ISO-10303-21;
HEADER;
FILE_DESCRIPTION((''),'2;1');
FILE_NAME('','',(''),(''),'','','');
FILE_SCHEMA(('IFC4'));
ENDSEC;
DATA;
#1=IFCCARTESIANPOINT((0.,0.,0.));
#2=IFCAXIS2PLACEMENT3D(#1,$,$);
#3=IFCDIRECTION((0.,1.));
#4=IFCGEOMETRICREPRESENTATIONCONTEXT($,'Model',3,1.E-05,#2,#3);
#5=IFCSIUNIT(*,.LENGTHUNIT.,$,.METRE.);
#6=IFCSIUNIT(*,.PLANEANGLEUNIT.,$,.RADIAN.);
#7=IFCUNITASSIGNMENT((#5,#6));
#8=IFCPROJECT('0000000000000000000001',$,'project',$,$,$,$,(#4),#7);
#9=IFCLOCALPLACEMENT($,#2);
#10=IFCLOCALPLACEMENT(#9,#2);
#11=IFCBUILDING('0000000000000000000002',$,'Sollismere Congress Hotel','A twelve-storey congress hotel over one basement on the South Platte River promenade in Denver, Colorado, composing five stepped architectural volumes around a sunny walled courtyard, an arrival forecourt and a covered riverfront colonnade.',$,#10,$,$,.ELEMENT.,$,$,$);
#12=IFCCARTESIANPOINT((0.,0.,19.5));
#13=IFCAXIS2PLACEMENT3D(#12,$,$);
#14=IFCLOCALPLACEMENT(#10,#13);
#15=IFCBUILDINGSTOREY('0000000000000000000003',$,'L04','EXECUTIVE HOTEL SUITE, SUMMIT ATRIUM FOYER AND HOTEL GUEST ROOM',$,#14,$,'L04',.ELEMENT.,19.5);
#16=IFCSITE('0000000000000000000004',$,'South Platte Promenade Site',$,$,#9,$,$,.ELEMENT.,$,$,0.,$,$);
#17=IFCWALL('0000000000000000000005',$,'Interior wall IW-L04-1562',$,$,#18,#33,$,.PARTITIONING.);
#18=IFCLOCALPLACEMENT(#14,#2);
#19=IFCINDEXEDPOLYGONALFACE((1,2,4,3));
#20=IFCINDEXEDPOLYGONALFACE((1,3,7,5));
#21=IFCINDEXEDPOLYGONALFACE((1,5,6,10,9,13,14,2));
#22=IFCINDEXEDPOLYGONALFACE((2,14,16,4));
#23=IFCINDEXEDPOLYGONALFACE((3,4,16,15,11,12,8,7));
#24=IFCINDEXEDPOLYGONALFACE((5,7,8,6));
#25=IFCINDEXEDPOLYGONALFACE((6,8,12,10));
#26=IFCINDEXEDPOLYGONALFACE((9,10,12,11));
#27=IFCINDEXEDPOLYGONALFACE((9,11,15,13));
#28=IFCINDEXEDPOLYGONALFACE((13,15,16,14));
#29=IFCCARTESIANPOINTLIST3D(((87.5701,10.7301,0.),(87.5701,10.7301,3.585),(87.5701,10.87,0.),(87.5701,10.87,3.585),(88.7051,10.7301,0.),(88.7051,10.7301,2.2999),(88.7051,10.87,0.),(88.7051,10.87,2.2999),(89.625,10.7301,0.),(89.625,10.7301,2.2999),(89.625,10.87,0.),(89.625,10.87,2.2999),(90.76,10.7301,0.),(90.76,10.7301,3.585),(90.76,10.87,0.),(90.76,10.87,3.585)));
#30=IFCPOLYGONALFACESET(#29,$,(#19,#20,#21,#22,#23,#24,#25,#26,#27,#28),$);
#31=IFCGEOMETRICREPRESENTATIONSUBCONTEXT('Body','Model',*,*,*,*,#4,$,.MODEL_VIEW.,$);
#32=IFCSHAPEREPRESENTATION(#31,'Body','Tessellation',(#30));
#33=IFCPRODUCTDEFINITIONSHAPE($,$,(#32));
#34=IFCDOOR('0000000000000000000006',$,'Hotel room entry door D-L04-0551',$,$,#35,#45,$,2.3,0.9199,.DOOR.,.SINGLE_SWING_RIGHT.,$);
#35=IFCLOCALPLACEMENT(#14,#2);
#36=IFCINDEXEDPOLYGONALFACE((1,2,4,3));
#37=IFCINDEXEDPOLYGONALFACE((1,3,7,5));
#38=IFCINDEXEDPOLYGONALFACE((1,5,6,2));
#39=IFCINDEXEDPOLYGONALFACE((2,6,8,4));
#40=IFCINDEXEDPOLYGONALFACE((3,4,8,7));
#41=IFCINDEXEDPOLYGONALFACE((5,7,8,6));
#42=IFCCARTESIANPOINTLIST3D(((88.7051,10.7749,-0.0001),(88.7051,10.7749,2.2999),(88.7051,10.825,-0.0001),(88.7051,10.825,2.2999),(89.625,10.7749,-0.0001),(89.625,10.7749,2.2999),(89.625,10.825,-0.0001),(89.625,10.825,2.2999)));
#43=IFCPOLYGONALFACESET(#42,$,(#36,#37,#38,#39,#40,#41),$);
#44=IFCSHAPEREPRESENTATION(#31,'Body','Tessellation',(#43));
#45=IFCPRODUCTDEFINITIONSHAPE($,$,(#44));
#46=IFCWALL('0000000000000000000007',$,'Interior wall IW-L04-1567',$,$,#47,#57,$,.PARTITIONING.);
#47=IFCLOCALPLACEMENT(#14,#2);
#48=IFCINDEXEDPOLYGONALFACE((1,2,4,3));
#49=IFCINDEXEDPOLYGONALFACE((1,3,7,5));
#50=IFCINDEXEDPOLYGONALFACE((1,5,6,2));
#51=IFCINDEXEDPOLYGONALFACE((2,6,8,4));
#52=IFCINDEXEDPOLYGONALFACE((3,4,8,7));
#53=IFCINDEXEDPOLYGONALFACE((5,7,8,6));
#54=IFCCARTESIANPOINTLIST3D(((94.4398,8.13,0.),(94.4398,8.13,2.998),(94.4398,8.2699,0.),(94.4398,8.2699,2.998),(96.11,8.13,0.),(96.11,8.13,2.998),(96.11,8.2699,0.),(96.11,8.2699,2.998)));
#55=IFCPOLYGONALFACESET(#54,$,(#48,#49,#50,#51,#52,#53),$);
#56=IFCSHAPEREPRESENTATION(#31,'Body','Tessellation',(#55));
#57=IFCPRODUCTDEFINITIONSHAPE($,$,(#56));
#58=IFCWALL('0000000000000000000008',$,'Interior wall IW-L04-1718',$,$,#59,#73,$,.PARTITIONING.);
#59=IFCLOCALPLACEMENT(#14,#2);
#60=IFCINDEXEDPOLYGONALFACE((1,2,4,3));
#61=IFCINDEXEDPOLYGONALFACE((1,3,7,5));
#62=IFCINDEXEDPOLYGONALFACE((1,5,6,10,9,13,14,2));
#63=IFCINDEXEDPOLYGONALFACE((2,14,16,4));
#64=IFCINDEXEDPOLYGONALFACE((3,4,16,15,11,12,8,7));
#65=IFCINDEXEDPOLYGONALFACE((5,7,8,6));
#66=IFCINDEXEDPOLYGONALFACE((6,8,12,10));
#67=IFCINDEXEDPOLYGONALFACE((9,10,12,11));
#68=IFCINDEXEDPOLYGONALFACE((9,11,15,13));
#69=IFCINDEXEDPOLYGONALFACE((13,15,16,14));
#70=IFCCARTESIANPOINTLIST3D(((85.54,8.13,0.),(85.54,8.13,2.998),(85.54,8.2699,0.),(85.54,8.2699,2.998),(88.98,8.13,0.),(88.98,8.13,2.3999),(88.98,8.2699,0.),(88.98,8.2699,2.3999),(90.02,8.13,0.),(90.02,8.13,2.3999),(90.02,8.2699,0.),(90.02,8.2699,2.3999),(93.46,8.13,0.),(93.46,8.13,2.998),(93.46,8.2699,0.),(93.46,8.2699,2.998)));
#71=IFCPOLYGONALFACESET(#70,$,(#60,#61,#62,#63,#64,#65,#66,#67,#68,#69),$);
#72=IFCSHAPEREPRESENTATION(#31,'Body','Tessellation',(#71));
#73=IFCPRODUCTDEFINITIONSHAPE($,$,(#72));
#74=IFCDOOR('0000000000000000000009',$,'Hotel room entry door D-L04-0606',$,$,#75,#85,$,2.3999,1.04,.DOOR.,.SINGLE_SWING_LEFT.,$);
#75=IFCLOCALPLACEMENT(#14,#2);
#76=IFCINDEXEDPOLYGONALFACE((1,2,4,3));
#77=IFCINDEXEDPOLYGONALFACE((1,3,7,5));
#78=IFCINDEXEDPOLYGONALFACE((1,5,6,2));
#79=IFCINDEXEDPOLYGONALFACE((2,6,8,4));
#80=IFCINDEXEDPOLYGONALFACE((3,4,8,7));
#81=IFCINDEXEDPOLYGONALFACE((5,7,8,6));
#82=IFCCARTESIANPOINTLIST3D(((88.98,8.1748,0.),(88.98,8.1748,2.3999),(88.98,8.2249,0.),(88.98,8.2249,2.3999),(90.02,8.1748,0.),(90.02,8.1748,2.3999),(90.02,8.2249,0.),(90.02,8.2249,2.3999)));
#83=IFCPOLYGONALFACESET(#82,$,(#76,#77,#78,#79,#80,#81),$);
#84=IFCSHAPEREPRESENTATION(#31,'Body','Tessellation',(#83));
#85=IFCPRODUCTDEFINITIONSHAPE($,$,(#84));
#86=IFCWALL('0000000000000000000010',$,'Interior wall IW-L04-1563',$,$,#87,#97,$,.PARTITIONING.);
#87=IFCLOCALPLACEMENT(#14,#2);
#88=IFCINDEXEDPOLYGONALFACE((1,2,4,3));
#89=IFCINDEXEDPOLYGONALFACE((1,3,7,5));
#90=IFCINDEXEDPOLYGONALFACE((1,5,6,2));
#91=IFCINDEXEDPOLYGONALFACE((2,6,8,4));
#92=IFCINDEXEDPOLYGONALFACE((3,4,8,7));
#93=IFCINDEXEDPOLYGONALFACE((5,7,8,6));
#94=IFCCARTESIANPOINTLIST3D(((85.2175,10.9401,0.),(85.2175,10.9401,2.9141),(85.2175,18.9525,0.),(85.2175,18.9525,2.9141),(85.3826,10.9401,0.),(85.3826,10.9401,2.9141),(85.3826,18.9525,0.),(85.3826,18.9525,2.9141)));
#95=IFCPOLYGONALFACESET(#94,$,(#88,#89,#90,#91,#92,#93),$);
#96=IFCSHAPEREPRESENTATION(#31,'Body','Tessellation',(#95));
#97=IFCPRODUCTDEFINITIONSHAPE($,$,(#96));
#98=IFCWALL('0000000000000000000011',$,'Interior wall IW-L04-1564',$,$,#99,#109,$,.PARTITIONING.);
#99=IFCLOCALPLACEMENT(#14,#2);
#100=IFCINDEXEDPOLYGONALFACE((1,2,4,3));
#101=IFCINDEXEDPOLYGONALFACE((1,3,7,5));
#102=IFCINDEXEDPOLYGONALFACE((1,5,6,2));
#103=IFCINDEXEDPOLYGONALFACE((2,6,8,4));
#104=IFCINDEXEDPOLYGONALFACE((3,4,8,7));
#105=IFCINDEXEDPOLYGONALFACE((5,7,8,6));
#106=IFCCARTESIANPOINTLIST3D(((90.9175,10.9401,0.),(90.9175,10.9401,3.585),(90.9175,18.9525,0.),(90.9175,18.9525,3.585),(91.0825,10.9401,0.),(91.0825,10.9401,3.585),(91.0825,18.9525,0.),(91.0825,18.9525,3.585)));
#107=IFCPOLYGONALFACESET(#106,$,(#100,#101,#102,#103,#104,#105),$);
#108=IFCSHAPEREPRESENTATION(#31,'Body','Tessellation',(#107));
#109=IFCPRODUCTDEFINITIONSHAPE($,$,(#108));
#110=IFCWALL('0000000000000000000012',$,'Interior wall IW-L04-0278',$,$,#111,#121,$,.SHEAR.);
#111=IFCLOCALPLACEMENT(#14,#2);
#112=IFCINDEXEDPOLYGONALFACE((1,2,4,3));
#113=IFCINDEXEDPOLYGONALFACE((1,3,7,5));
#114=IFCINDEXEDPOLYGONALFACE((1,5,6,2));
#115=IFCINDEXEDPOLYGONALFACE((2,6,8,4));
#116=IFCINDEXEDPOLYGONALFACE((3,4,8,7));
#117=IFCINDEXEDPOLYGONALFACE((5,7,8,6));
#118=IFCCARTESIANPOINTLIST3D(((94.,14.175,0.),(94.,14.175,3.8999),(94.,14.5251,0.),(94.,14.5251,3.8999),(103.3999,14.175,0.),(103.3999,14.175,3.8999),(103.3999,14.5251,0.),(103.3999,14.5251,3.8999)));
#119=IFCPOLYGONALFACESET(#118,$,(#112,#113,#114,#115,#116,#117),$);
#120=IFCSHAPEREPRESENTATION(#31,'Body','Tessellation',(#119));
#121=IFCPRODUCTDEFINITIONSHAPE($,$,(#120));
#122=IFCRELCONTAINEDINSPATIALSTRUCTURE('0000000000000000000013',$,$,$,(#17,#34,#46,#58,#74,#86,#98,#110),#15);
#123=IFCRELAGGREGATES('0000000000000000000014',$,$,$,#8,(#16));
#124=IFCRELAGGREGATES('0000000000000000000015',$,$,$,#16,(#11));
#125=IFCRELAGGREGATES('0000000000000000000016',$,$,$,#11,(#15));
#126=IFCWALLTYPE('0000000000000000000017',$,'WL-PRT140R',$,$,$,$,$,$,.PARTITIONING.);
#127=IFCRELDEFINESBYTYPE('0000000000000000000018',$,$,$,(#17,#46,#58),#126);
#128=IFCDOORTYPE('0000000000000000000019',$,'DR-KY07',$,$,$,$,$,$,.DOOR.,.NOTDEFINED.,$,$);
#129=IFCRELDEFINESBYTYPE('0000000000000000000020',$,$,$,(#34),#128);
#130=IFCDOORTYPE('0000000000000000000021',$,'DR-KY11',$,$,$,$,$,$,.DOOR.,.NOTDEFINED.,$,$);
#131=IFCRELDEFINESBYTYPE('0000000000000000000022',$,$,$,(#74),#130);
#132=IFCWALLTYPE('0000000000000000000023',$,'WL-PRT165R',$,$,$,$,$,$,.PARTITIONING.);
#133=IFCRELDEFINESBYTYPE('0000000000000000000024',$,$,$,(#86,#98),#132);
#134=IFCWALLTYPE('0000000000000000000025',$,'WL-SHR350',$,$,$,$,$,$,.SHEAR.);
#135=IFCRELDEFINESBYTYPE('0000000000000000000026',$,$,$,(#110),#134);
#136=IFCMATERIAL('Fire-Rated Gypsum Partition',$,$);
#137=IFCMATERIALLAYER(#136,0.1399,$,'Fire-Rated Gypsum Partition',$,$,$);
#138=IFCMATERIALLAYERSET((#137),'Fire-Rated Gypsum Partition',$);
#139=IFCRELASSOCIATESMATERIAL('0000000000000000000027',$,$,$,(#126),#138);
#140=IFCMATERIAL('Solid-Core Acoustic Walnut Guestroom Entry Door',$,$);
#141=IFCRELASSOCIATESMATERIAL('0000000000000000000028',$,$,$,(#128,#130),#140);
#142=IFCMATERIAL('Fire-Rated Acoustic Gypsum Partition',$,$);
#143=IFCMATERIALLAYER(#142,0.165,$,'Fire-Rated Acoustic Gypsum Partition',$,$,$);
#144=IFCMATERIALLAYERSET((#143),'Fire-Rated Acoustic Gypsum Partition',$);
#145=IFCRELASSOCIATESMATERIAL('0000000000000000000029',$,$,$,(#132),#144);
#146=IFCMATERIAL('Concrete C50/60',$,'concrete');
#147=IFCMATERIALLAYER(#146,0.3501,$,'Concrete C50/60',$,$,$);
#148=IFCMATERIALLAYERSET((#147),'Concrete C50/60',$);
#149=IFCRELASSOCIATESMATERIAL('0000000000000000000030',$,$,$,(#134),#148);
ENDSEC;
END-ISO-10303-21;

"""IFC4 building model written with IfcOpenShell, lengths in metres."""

from ifc_helpers import new_model, si_unit, direction, frame, frame_2d, origin, place, context, subcontext, project, spatial, rectangle, extrude, material, layer, layer_set, type_object, element, fill, save


model = new_model("IFC4")

# Units and contexts
model_context = context("Model", 3, precision=1e-05, world=origin(), true_north=direction((0.0, 1.0)))
body_context = subcontext(model_context, "Body", "Model", "MODEL_VIEW")
ifc_project = project(units=[si_unit("LENGTHUNIT", "METRE"), si_unit("PLANEANGLEUNIT", "RADIAN")], contexts=[model_context])

# Site, building, storey
site_placement = place(None, origin())
site = spatial("IfcSite", under=ifc_project, at=site_placement, Name="South Platte Promenade Site", CompositionType="ELEMENT", RefElevation=0.0)
building_placement = place(site_placement, origin())
building = spatial("IfcBuilding", under=site, at=building_placement, Name="Sollismere Congress Hotel", Description="A twelve-storey congress hotel over one basement on the South Platte River promenade in Denver, Colorado, composing five stepped architectural volumes around a sunny walled courtyard, an arrival forecourt and a covered riverfront colonnade.", CompositionType="ELEMENT")
storey_placement = place(building_placement, frame((0.0, 0.0, 19.5)))
storey = spatial("IfcBuildingStorey", under=building, at=storey_placement, Name="L04", Description="EXECUTIVE HOTEL SUITE, SUMMIT ATRIUM FOYER AND HOTEL GUEST ROOM", LongName="L04", CompositionType="ELEMENT", Elevation=19.5)

# Shared definitions
ifc_material_1 = material(Name="Fire-Rated Gypsum Partition")
ifc_layer_1 = layer(ifc_material_1, 0.1399, Name="Fire-Rated Gypsum Partition")
ifc_layer_set_1 = layer_set([ifc_layer_1], Name="Fire-Rated Gypsum Partition")
wall_type_1 = type_object("IfcWallType", Name="WL-PRT140R", PredefinedType="PARTITIONING", material=ifc_layer_set_1)

# Wall, opening, door
wall_1_placement = place(storey_placement, frame((87.5701, 10.8, 0.0), z_axis=(0.0, 0.0, 1.0), x_axis=(1.0, 0.0, 0.0)))
wall_1 = element("IfcWall", 1, at=wall_1_placement, inside=storey, type_object=wall_type_1, Name="Interior wall IW-L04-1562", PredefinedType="PARTITIONING", context=body_context, shape_type="SweptSolid", body=[
    extrude(rectangle(XDim=3.1899, YDim=0.1399, at=frame_2d((1.595, 0.0))), origin(), (0.0, 0.0, 1.0), 3.585),
])
opening_1_placement = place(wall_1_placement, frame((1.135, 0.0, 0.0)))
opening_1 = element("IfcOpeningElement", 2, at=opening_1_placement, cuts=wall_1, PredefinedType="OPENING", context=body_context, shape_type="SweptSolid", body=[
    extrude(rectangle(XDim=0.9199, YDim=2.3, at=frame_2d((0.46, 1.1499))), frame((0.0, 0.0798, 0.0), z_axis=(0.0, -1.0, 0.0), x_axis=(1.0, 0.0, 0.0)), (0.0, 0.0, 1.0), 0.1599),
])
ifc_material_2 = material(Name="Solid-Core Acoustic Walnut Guestroom Entry Door")
door_type_1 = type_object("IfcDoorType", Name="DR-KY07", OperationType="NOTDEFINED", PredefinedType="DOOR", material=ifc_material_2)
door_1_placement = place(opening_1_placement, origin())
door_1 = element("IfcDoor", 3, at=door_1_placement, inside=storey, type_object=door_type_1, Name="Hotel room entry door D-L04-0551", OperationType="SINGLE_SWING_RIGHT", OverallHeight=2.3, OverallWidth=0.9199, PredefinedType="DOOR", context=body_context, shape_type="SweptSolid", body=[
    extrude(rectangle(XDim=0.9199, YDim=2.3, at=frame_2d((0.46, 1.1499))), frame((0.0, 0.0249, 0.0), z_axis=(0.0, -1.0, 0.0), x_axis=(1.0, 0.0, 0.0)), (0.0, 0.0, 1.0), 0.05),
])
fill(opening_1, door_1)

# Wall
wall_2_placement = place(storey_placement, frame((94.4399, 8.2, 0.0), z_axis=(0.0, 0.0, 1.0), x_axis=(1.0, 0.0, 0.0)))
element("IfcWall", 4, at=wall_2_placement, inside=storey, type_object=wall_type_1, Name="Interior wall IW-L04-1567", PredefinedType="PARTITIONING", context=body_context, shape_type="SweptSolid", body=[
    extrude(rectangle(XDim=1.6702, YDim=0.1399, at=frame_2d((0.835, 0.0))), origin(), (0.0, 0.0, 1.0), 2.998),
])

# Wall, opening, door
wall_3_placement = place(storey_placement, frame((85.54, 8.2, 0.0), z_axis=(0.0, 0.0, 1.0), x_axis=(1.0, 0.0, 0.0)))
wall_3 = element("IfcWall", 5, at=wall_3_placement, inside=storey, type_object=wall_type_1, Name="Interior wall IW-L04-1718", PredefinedType="PARTITIONING", context=body_context, shape_type="SweptSolid", body=[
    extrude(rectangle(XDim=7.9199, YDim=0.1399, at=frame_2d((3.96, 0.0))), origin(), (0.0, 0.0, 1.0), 2.998),
])
opening_2_placement = place(wall_3_placement, frame((3.4399, 0.0, 0.0)))
opening_2 = element("IfcOpeningElement", 6, at=opening_2_placement, cuts=wall_3, PredefinedType="OPENING", context=body_context, shape_type="SweptSolid", body=[
    extrude(rectangle(XDim=1.04, YDim=2.3999, at=frame_2d((0.52, 1.2))), frame((0.0, 0.0798, 0.0), z_axis=(0.0, -1.0, 0.0), x_axis=(1.0, 0.0, 0.0)), (0.0, 0.0, 1.0), 0.1599),
])
door_type_2 = type_object("IfcDoorType", Name="DR-KY11", OperationType="NOTDEFINED", PredefinedType="DOOR", material=ifc_material_2)
door_2_placement = place(opening_2_placement, origin())
door_2 = element("IfcDoor", 7, at=door_2_placement, inside=storey, type_object=door_type_2, Name="Hotel room entry door D-L04-0606", OperationType="SINGLE_SWING_LEFT", OverallHeight=2.3999, OverallWidth=1.04, PredefinedType="DOOR", context=body_context, shape_type="SweptSolid", body=[
    extrude(rectangle(XDim=1.04, YDim=2.3999, at=frame_2d((0.52, 1.2))), frame((0.0, 0.0249, 0.0), z_axis=(0.0, -1.0, 0.0), x_axis=(1.0, 0.0, 0.0)), (0.0, 0.0, 1.0), 0.05),
])
fill(opening_2, door_2)

# Walls
ifc_material_3 = material(Name="Fire-Rated Acoustic Gypsum Partition")
ifc_layer_2 = layer(ifc_material_3, 0.165, Name="Fire-Rated Acoustic Gypsum Partition")
ifc_layer_set_2 = layer_set([ifc_layer_2], Name="Fire-Rated Acoustic Gypsum Partition")
wall_type_2 = type_object("IfcWallType", Name="WL-PRT165R", PredefinedType="PARTITIONING", material=ifc_layer_set_2)
wall_4_placement = place(storey_placement, frame((85.3, 10.9399, 0.0), z_axis=(0.0, 0.0, 1.0), x_axis=(0.0, 1.0, 0.0)))
element("IfcWall", 8, at=wall_4_placement, inside=storey, type_object=wall_type_2, Name="Interior wall IW-L04-1563", PredefinedType="PARTITIONING", context=body_context, shape_type="SweptSolid", body=[
    extrude(rectangle(XDim=8.0125, YDim=0.165, at=frame_2d((4.0063, 0.0))), origin(), (0.0, 0.0, 1.0), 2.9141),
])
wall_5_placement = place(storey_placement, frame((91.0, 10.9399, 0.0), z_axis=(0.0, 0.0, 1.0), x_axis=(0.0, 1.0, 0.0)))
element("IfcWall", 9, at=wall_5_placement, inside=storey, type_object=wall_type_2, Name="Interior wall IW-L04-1564", PredefinedType="PARTITIONING", context=body_context, shape_type="SweptSolid", body=[
    extrude(rectangle(XDim=8.0125, YDim=0.165, at=frame_2d((4.0063, 0.0))), origin(), (0.0, 0.0, 1.0), 3.585),
])
ifc_material_4 = material(Name="Concrete C50/60", Category="concrete")
ifc_layer_3 = layer(ifc_material_4, 0.3501, Name="Concrete C50/60")
ifc_layer_set_3 = layer_set([ifc_layer_3], Name="Concrete C50/60")
wall_type_3 = type_object("IfcWallType", Name="WL-SHR350", PredefinedType="SHEAR", material=ifc_layer_set_3)
wall_6_placement = place(storey_placement, frame((94.0, 14.3501, 0.0), z_axis=(0.0, 0.0, 1.0), x_axis=(1.0, 0.0, 0.0)))
element("IfcWall", 10, at=wall_6_placement, inside=storey, type_object=wall_type_3, Name="Interior wall IW-L04-0278", PredefinedType="SHEAR", context=body_context, shape_type="SweptSolid", body=[
    extrude(rectangle(XDim=9.3999, YDim=0.3501, at=frame_2d((4.7, 0.0))), origin(), (0.0, 0.0, 1.0), 3.8999),
])

save(model, "model.ifc")
